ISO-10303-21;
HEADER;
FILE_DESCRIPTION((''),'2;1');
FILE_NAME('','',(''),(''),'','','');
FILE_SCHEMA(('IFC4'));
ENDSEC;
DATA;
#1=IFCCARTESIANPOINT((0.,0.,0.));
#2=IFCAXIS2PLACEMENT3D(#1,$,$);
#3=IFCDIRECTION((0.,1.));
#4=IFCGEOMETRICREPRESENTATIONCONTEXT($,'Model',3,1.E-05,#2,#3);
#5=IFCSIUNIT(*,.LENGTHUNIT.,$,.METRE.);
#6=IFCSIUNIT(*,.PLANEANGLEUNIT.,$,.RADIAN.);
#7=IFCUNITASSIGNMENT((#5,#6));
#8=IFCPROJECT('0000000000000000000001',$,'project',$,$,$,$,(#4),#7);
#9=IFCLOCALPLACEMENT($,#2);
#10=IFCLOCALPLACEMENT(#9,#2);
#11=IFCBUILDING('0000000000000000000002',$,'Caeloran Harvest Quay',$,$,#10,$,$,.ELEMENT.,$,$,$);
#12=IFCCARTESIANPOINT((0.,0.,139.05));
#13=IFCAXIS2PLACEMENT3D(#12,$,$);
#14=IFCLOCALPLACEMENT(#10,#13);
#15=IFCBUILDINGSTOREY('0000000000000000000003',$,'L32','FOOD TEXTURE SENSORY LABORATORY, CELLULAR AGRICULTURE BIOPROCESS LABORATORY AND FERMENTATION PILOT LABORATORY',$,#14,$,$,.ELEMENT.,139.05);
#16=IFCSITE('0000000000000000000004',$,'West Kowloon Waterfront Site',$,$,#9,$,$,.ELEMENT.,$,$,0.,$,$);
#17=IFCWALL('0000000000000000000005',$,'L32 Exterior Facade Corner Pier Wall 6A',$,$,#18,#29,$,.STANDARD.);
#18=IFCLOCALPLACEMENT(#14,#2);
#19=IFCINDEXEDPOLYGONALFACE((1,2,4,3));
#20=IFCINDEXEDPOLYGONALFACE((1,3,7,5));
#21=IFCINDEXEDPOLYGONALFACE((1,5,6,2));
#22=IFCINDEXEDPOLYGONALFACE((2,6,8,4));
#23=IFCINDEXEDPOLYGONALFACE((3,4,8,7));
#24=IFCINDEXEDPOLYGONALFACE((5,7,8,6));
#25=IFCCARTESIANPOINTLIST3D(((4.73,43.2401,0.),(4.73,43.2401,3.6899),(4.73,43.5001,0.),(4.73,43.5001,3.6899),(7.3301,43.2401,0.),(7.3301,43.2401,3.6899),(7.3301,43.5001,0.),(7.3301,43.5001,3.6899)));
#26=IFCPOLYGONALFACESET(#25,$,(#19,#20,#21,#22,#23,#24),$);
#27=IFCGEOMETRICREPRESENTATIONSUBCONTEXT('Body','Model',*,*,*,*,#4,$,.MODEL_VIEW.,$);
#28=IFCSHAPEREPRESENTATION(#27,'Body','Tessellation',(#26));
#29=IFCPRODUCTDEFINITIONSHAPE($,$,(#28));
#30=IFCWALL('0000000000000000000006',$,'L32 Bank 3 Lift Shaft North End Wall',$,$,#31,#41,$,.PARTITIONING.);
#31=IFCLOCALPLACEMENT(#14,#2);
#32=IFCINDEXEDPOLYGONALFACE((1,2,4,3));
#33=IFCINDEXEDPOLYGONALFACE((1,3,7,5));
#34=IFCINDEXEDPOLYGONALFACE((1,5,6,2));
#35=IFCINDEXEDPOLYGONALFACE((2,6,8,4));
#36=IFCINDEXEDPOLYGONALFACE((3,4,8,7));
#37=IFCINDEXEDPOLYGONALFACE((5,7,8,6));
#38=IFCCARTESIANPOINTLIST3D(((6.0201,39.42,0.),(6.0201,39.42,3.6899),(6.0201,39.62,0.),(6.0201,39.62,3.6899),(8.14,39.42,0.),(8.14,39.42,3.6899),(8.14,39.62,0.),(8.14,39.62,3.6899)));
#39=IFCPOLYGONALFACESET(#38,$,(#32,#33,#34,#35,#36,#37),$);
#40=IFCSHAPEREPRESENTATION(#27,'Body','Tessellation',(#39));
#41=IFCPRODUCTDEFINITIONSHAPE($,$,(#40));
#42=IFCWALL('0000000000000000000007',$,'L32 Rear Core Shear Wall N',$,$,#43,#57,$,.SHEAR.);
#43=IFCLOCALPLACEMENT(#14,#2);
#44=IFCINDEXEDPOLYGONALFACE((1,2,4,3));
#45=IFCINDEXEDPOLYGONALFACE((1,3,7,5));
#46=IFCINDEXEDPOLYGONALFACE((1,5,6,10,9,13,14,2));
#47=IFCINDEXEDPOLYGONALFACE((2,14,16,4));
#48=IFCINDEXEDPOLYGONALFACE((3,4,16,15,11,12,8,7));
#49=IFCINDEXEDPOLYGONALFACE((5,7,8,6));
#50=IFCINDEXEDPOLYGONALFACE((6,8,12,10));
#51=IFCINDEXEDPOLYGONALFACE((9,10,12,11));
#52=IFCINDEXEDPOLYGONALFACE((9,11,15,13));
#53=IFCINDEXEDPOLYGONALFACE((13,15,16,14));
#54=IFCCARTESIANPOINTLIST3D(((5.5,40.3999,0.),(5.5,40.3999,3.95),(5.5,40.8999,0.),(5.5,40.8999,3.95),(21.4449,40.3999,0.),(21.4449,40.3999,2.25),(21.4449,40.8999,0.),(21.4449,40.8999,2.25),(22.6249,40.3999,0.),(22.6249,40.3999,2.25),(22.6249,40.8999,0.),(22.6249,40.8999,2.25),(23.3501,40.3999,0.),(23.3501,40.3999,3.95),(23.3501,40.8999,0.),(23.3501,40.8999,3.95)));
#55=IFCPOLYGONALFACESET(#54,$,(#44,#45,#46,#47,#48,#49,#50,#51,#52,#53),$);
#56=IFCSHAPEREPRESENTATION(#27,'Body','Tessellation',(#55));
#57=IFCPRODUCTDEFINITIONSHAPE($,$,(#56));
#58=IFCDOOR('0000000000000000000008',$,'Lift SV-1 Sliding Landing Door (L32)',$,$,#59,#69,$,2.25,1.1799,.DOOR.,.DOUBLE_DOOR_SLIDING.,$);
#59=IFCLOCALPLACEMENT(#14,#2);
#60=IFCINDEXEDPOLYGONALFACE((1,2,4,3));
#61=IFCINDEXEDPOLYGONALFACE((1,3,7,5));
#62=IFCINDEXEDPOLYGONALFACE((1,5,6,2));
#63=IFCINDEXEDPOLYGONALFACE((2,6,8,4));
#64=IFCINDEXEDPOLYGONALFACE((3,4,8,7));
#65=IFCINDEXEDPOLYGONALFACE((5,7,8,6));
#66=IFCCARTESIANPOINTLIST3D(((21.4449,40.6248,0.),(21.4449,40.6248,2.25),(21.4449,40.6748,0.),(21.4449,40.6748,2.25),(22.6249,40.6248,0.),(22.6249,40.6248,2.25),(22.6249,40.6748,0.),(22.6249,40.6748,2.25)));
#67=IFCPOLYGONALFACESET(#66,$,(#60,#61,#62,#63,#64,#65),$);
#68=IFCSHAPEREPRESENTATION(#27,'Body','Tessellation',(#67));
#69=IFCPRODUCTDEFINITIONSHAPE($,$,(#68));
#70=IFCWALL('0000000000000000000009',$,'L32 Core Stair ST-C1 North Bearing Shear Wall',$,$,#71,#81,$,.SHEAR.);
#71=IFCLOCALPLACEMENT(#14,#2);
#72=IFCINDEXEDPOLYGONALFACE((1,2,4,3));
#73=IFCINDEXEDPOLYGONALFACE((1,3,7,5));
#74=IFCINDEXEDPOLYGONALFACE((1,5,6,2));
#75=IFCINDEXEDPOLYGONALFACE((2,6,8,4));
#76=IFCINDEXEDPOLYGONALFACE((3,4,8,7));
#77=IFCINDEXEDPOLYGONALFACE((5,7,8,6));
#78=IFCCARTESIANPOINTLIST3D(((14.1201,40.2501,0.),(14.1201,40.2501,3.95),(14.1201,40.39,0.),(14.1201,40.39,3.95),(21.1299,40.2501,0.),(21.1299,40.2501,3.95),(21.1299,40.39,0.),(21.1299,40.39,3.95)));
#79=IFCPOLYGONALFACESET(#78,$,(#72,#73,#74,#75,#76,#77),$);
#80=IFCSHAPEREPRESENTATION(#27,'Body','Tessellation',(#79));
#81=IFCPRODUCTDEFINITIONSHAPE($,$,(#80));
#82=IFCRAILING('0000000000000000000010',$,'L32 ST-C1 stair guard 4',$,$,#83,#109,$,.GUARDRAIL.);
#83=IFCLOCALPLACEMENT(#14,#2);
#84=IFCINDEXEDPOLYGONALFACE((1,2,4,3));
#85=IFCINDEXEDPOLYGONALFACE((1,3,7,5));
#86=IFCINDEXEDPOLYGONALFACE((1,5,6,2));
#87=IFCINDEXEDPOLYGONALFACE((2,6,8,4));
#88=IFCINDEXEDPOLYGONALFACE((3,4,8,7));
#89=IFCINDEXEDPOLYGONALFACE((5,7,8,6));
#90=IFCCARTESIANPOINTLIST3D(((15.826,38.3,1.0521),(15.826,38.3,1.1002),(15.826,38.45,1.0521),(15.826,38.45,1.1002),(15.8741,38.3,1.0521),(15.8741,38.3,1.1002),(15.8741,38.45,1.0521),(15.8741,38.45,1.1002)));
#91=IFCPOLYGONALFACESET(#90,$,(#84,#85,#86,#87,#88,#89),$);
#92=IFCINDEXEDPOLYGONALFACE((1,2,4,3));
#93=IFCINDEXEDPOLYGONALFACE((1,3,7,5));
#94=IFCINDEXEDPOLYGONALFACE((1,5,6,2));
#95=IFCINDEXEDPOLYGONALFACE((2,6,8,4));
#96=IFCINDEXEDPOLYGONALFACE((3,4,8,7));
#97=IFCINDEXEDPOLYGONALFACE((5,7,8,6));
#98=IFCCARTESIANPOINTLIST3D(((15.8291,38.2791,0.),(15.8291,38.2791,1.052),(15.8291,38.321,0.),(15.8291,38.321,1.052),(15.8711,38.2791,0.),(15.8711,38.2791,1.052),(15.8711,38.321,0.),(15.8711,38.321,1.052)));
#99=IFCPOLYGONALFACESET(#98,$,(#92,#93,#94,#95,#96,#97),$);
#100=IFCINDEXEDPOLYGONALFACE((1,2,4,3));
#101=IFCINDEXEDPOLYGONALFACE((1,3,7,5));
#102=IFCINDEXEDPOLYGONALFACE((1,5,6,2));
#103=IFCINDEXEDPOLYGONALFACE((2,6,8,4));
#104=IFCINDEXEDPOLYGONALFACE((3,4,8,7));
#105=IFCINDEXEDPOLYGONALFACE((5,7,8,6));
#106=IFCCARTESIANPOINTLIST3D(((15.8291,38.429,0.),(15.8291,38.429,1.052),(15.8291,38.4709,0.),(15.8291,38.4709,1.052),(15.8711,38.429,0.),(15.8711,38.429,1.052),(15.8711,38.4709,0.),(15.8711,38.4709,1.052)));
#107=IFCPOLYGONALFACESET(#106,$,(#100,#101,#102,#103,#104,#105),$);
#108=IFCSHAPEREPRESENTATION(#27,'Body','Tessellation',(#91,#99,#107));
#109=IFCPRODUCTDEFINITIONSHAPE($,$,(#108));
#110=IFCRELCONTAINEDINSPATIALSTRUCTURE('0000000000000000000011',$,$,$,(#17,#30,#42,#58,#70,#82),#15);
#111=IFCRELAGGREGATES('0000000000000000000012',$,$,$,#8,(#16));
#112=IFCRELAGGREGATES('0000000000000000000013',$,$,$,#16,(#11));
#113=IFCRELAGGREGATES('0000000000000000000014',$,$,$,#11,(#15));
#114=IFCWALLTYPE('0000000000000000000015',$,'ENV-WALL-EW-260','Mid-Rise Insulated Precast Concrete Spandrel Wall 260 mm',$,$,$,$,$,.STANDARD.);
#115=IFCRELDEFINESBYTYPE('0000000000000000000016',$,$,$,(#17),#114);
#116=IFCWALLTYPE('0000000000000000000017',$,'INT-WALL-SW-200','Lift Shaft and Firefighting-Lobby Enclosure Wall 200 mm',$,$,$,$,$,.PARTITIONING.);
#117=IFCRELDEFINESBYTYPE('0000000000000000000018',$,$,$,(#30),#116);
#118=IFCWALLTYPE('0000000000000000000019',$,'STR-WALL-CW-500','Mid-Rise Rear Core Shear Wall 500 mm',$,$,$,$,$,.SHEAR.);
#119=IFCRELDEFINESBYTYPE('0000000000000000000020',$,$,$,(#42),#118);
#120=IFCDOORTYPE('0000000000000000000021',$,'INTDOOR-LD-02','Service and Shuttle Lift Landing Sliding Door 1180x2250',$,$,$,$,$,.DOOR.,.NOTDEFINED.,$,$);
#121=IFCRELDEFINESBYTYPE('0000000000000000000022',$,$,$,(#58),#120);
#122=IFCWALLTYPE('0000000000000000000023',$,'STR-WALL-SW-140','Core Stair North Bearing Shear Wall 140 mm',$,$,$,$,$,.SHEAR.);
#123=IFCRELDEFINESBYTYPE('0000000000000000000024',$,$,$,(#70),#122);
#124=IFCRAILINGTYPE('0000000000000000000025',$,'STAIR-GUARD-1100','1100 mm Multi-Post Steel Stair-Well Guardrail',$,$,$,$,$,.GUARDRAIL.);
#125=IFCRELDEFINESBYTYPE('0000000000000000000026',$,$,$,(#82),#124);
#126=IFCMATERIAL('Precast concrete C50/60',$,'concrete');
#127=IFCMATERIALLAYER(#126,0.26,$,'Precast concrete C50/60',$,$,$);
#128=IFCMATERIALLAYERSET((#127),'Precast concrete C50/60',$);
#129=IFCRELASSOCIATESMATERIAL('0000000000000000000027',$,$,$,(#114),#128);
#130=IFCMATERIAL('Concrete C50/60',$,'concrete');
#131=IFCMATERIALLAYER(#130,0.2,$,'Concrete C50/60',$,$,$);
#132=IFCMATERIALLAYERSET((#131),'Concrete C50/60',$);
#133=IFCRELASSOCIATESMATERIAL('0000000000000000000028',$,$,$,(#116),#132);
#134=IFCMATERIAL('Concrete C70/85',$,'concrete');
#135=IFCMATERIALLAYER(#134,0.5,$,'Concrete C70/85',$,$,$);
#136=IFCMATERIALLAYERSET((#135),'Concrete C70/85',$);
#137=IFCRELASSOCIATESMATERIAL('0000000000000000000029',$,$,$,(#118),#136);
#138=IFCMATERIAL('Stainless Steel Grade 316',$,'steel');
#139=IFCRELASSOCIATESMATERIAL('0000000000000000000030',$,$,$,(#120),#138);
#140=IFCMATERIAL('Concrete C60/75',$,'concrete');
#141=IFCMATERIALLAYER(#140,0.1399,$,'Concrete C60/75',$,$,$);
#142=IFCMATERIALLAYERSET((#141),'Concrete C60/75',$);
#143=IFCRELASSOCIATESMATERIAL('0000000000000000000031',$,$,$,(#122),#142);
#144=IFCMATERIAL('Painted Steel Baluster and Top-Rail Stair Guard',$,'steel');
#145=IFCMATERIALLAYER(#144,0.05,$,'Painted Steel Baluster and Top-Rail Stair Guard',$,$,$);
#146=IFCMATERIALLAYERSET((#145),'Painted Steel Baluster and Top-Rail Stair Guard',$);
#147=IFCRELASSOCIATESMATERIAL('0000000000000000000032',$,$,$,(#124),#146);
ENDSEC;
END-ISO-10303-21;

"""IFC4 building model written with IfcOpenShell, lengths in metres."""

from ifc_helpers import new_model, si_unit, direction, frame, frame_2d, origin, origin_2d, place, context, subcontext, project, spatial, rectangle, extrude, material, layer, layer_set, type_object, element, fill, save


model = new_model("IFC4")

# Units and contexts
model_context = context("Model", 3, precision=1e-05, world=origin(), true_north=direction((0.0, 1.0)))
body_context = subcontext(model_context, "Body", "Model", "MODEL_VIEW")
ifc_project = project(units=[si_unit("LENGTHUNIT", "METRE"), si_unit("PLANEANGLEUNIT", "RADIAN")], contexts=[model_context])

# Site, building, storey
site_placement = place(None, origin())
site = spatial("IfcSite", under=ifc_project, at=site_placement, Name="West Kowloon Waterfront Site", CompositionType="ELEMENT", RefElevation=0.0)
building_placement = place(site_placement, origin())
building = spatial("IfcBuilding", under=site, at=building_placement, Name="Caeloran Harvest Quay", CompositionType="ELEMENT")
storey_placement = place(building_placement, frame((0.0, 0.0, 139.05)))
storey = spatial("IfcBuildingStorey", under=building, at=storey_placement, Name="L32", Description="FOOD TEXTURE SENSORY LABORATORY, CELLULAR AGRICULTURE BIOPROCESS LABORATORY AND FERMENTATION PILOT LABORATORY", CompositionType="ELEMENT", Elevation=139.05)

# Walls
ifc_material_1 = material(Name="Precast concrete C50/60", Category="concrete")
ifc_layer_1 = layer(ifc_material_1, 0.26, Name="Precast concrete C50/60")
ifc_layer_set_1 = layer_set([ifc_layer_1], Name="Precast concrete C50/60")
wall_type_1 = type_object("IfcWallType", Name="ENV-WALL-EW-260", Description="Mid-Rise Insulated Precast Concrete Spandrel Wall 260 mm", PredefinedType="STANDARD", material=ifc_layer_set_1)
wall_1_placement = place(storey_placement, frame((4.73, 43.3701, 0.0), z_axis=(0.0, 0.0, 1.0), x_axis=(1.0, 0.0, 0.0)))
element("IfcWall", 1, at=wall_1_placement, inside=storey, type_object=wall_type_1, Name="L32 Exterior Facade Corner Pier Wall 6A", PredefinedType="STANDARD", context=body_context, shape_type="SweptSolid", body=[
    extrude(rectangle(XDim=2.6001, YDim=0.26, at=frame_2d((1.3, 0.0))), origin(), (0.0, 0.0, 1.0), 3.6899),
])
ifc_material_2 = material(Name="Concrete C50/60", Category="concrete")
ifc_layer_2 = layer(ifc_material_2, 0.2, Name="Concrete C50/60")
ifc_layer_set_2 = layer_set([ifc_layer_2], Name="Concrete C50/60")
wall_type_2 = type_object("IfcWallType", Name="INT-WALL-SW-200", Description="Lift Shaft and Firefighting-Lobby Enclosure Wall 200 mm", PredefinedType="PARTITIONING", material=ifc_layer_set_2)
wall_2_placement = place(storey_placement, frame((6.02, 39.52, 0.0), z_axis=(0.0, 0.0, 1.0), x_axis=(1.0, 0.0, 0.0)))
element("IfcWall", 2, at=wall_2_placement, inside=storey, type_object=wall_type_2, Name="L32 Bank 3 Lift Shaft North End Wall", PredefinedType="PARTITIONING", context=body_context, shape_type="SweptSolid", body=[
    extrude(rectangle(XDim=2.1199, YDim=0.2, at=frame_2d((1.0601, 0.0))), origin(), (0.0, 0.0, 1.0), 3.6899),
])

# Wall, opening, door
ifc_material_3 = material(Name="Concrete C70/85", Category="concrete")
ifc_layer_3 = layer(ifc_material_3, 0.5, Name="Concrete C70/85")
ifc_layer_set_3 = layer_set([ifc_layer_3], Name="Concrete C70/85")
wall_type_3 = type_object("IfcWallType", Name="STR-WALL-CW-500", Description="Mid-Rise Rear Core Shear Wall 500 mm", PredefinedType="SHEAR", material=ifc_layer_set_3)
wall_3_placement = place(storey_placement, frame((5.5, 40.6499, 0.0), z_axis=(0.0, 0.0, 1.0), x_axis=(1.0, 0.0, 0.0)))
wall_3 = element("IfcWall", 3, at=wall_3_placement, inside=storey, type_object=wall_type_3, Name="L32 Rear Core Shear Wall N", PredefinedType="SHEAR", context=body_context, shape_type="SweptSolid", body=[
    extrude(rectangle(XDim=17.8501, YDim=0.5, at=frame_2d((8.925, 0.0))), origin(), (0.0, 0.0, 1.0), 3.95),
])
opening_placement = place(wall_3_placement, frame((15.9451, 0.0, 0.0)))
opening = element("IfcOpeningElement", 4, at=opening_placement, cuts=wall_3, PredefinedType="OPENING", context=body_context, shape_type="SweptSolid", body=[
    extrude(rectangle(XDim=1.1799, YDim=2.25, at=frame_2d((0.5898, 1.125))), frame((0.0, 0.26, 0.0), z_axis=(0.0, -1.0, 0.0), x_axis=(1.0, 0.0, 0.0)), (0.0, 0.0, 1.0), 0.52),
])
ifc_material_4 = material(Name="Stainless Steel Grade 316", Category="steel")
door_type = type_object("IfcDoorType", Name="INTDOOR-LD-02", Description="Service and Shuttle Lift Landing Sliding Door 1180x2250", OperationType="NOTDEFINED", PredefinedType="DOOR", material=ifc_material_4)
door_placement = place(opening_placement, origin())
door = element("IfcDoor", 5, at=door_placement, inside=storey, type_object=door_type, Name="Lift SV-1 Sliding Landing Door (L32)", OperationType="DOUBLE_DOOR_SLIDING", OverallHeight=2.25, OverallWidth=1.1799, PredefinedType="DOOR", context=body_context, shape_type="SweptSolid", body=[
    extrude(rectangle(XDim=1.1799, YDim=2.25, at=frame_2d((0.5898, 1.125))), frame((0.0, 0.0249, 0.0), z_axis=(0.0, -1.0, 0.0), x_axis=(1.0, 0.0, 0.0)), (0.0, 0.0, 1.0), 0.05),
])
fill(opening, door)

# Wall
ifc_material_5 = material(Name="Concrete C60/75", Category="concrete")
ifc_layer_4 = layer(ifc_material_5, 0.1399, Name="Concrete C60/75")
ifc_layer_set_4 = layer_set([ifc_layer_4], Name="Concrete C60/75")
wall_type_4 = type_object("IfcWallType", Name="STR-WALL-SW-140", Description="Core Stair North Bearing Shear Wall 140 mm", PredefinedType="SHEAR", material=ifc_layer_set_4)
wall_4_placement = place(storey_placement, frame((14.1201, 40.3201, 0.0), z_axis=(0.0, 0.0, 1.0), x_axis=(1.0, 0.0, 0.0)))
element("IfcWall", 6, at=wall_4_placement, inside=storey, type_object=wall_type_4, Name="L32 Core Stair ST-C1 North Bearing Shear Wall", PredefinedType="SHEAR", context=body_context, shape_type="SweptSolid", body=[
    extrude(rectangle(XDim=7.0098, YDim=0.1399, at=frame_2d((3.5049, 0.0))), origin(), (0.0, 0.0, 1.0), 3.95),
])

# Railing
ifc_material_6 = material(Name="Painted Steel Baluster and Top-Rail Stair Guard", Category="steel")
ifc_layer_5 = layer(ifc_material_6, 0.05, Name="Painted Steel Baluster and Top-Rail Stair Guard")
ifc_layer_set_5 = layer_set([ifc_layer_5], Name="Painted Steel Baluster and Top-Rail Stair Guard")
railing_type = type_object("IfcRailingType", Name="STAIR-GUARD-1100", Description="1100 mm Multi-Post Steel Stair-Well Guardrail", PredefinedType="GUARDRAIL", material=ifc_layer_set_5)
railing_placement = place(storey_placement, frame((15.8501, 38.3, 0.0)))
element("IfcRailing", 7, at=railing_placement, inside=storey, type_object=railing_type, Name="L32 ST-C1 stair guard 4", PredefinedType="GUARDRAIL", context=body_context, shape_type="SweptSolid", body=[
    extrude(rectangle(XDim=0.0481, YDim=0.0481, at=origin_2d()), frame((0.0, 0.0, 1.0762), z_axis=(0.0, 1.0, 0.0), x_axis=(-1.0, 0.0, 0.0)), (0.0, 0.0, 1.0), 0.1499),
    extrude(rectangle(XDim=0.042, YDim=0.042, at=origin_2d()), origin(), (0.0, 0.0, 1.0), 1.052),
    extrude(rectangle(XDim=0.042, YDim=0.042, at=origin_2d()), frame((0.0, 0.1499, 0.0)), (0.0, 0.0, 1.0), 1.052),
])

save(model, "model.ifc")
